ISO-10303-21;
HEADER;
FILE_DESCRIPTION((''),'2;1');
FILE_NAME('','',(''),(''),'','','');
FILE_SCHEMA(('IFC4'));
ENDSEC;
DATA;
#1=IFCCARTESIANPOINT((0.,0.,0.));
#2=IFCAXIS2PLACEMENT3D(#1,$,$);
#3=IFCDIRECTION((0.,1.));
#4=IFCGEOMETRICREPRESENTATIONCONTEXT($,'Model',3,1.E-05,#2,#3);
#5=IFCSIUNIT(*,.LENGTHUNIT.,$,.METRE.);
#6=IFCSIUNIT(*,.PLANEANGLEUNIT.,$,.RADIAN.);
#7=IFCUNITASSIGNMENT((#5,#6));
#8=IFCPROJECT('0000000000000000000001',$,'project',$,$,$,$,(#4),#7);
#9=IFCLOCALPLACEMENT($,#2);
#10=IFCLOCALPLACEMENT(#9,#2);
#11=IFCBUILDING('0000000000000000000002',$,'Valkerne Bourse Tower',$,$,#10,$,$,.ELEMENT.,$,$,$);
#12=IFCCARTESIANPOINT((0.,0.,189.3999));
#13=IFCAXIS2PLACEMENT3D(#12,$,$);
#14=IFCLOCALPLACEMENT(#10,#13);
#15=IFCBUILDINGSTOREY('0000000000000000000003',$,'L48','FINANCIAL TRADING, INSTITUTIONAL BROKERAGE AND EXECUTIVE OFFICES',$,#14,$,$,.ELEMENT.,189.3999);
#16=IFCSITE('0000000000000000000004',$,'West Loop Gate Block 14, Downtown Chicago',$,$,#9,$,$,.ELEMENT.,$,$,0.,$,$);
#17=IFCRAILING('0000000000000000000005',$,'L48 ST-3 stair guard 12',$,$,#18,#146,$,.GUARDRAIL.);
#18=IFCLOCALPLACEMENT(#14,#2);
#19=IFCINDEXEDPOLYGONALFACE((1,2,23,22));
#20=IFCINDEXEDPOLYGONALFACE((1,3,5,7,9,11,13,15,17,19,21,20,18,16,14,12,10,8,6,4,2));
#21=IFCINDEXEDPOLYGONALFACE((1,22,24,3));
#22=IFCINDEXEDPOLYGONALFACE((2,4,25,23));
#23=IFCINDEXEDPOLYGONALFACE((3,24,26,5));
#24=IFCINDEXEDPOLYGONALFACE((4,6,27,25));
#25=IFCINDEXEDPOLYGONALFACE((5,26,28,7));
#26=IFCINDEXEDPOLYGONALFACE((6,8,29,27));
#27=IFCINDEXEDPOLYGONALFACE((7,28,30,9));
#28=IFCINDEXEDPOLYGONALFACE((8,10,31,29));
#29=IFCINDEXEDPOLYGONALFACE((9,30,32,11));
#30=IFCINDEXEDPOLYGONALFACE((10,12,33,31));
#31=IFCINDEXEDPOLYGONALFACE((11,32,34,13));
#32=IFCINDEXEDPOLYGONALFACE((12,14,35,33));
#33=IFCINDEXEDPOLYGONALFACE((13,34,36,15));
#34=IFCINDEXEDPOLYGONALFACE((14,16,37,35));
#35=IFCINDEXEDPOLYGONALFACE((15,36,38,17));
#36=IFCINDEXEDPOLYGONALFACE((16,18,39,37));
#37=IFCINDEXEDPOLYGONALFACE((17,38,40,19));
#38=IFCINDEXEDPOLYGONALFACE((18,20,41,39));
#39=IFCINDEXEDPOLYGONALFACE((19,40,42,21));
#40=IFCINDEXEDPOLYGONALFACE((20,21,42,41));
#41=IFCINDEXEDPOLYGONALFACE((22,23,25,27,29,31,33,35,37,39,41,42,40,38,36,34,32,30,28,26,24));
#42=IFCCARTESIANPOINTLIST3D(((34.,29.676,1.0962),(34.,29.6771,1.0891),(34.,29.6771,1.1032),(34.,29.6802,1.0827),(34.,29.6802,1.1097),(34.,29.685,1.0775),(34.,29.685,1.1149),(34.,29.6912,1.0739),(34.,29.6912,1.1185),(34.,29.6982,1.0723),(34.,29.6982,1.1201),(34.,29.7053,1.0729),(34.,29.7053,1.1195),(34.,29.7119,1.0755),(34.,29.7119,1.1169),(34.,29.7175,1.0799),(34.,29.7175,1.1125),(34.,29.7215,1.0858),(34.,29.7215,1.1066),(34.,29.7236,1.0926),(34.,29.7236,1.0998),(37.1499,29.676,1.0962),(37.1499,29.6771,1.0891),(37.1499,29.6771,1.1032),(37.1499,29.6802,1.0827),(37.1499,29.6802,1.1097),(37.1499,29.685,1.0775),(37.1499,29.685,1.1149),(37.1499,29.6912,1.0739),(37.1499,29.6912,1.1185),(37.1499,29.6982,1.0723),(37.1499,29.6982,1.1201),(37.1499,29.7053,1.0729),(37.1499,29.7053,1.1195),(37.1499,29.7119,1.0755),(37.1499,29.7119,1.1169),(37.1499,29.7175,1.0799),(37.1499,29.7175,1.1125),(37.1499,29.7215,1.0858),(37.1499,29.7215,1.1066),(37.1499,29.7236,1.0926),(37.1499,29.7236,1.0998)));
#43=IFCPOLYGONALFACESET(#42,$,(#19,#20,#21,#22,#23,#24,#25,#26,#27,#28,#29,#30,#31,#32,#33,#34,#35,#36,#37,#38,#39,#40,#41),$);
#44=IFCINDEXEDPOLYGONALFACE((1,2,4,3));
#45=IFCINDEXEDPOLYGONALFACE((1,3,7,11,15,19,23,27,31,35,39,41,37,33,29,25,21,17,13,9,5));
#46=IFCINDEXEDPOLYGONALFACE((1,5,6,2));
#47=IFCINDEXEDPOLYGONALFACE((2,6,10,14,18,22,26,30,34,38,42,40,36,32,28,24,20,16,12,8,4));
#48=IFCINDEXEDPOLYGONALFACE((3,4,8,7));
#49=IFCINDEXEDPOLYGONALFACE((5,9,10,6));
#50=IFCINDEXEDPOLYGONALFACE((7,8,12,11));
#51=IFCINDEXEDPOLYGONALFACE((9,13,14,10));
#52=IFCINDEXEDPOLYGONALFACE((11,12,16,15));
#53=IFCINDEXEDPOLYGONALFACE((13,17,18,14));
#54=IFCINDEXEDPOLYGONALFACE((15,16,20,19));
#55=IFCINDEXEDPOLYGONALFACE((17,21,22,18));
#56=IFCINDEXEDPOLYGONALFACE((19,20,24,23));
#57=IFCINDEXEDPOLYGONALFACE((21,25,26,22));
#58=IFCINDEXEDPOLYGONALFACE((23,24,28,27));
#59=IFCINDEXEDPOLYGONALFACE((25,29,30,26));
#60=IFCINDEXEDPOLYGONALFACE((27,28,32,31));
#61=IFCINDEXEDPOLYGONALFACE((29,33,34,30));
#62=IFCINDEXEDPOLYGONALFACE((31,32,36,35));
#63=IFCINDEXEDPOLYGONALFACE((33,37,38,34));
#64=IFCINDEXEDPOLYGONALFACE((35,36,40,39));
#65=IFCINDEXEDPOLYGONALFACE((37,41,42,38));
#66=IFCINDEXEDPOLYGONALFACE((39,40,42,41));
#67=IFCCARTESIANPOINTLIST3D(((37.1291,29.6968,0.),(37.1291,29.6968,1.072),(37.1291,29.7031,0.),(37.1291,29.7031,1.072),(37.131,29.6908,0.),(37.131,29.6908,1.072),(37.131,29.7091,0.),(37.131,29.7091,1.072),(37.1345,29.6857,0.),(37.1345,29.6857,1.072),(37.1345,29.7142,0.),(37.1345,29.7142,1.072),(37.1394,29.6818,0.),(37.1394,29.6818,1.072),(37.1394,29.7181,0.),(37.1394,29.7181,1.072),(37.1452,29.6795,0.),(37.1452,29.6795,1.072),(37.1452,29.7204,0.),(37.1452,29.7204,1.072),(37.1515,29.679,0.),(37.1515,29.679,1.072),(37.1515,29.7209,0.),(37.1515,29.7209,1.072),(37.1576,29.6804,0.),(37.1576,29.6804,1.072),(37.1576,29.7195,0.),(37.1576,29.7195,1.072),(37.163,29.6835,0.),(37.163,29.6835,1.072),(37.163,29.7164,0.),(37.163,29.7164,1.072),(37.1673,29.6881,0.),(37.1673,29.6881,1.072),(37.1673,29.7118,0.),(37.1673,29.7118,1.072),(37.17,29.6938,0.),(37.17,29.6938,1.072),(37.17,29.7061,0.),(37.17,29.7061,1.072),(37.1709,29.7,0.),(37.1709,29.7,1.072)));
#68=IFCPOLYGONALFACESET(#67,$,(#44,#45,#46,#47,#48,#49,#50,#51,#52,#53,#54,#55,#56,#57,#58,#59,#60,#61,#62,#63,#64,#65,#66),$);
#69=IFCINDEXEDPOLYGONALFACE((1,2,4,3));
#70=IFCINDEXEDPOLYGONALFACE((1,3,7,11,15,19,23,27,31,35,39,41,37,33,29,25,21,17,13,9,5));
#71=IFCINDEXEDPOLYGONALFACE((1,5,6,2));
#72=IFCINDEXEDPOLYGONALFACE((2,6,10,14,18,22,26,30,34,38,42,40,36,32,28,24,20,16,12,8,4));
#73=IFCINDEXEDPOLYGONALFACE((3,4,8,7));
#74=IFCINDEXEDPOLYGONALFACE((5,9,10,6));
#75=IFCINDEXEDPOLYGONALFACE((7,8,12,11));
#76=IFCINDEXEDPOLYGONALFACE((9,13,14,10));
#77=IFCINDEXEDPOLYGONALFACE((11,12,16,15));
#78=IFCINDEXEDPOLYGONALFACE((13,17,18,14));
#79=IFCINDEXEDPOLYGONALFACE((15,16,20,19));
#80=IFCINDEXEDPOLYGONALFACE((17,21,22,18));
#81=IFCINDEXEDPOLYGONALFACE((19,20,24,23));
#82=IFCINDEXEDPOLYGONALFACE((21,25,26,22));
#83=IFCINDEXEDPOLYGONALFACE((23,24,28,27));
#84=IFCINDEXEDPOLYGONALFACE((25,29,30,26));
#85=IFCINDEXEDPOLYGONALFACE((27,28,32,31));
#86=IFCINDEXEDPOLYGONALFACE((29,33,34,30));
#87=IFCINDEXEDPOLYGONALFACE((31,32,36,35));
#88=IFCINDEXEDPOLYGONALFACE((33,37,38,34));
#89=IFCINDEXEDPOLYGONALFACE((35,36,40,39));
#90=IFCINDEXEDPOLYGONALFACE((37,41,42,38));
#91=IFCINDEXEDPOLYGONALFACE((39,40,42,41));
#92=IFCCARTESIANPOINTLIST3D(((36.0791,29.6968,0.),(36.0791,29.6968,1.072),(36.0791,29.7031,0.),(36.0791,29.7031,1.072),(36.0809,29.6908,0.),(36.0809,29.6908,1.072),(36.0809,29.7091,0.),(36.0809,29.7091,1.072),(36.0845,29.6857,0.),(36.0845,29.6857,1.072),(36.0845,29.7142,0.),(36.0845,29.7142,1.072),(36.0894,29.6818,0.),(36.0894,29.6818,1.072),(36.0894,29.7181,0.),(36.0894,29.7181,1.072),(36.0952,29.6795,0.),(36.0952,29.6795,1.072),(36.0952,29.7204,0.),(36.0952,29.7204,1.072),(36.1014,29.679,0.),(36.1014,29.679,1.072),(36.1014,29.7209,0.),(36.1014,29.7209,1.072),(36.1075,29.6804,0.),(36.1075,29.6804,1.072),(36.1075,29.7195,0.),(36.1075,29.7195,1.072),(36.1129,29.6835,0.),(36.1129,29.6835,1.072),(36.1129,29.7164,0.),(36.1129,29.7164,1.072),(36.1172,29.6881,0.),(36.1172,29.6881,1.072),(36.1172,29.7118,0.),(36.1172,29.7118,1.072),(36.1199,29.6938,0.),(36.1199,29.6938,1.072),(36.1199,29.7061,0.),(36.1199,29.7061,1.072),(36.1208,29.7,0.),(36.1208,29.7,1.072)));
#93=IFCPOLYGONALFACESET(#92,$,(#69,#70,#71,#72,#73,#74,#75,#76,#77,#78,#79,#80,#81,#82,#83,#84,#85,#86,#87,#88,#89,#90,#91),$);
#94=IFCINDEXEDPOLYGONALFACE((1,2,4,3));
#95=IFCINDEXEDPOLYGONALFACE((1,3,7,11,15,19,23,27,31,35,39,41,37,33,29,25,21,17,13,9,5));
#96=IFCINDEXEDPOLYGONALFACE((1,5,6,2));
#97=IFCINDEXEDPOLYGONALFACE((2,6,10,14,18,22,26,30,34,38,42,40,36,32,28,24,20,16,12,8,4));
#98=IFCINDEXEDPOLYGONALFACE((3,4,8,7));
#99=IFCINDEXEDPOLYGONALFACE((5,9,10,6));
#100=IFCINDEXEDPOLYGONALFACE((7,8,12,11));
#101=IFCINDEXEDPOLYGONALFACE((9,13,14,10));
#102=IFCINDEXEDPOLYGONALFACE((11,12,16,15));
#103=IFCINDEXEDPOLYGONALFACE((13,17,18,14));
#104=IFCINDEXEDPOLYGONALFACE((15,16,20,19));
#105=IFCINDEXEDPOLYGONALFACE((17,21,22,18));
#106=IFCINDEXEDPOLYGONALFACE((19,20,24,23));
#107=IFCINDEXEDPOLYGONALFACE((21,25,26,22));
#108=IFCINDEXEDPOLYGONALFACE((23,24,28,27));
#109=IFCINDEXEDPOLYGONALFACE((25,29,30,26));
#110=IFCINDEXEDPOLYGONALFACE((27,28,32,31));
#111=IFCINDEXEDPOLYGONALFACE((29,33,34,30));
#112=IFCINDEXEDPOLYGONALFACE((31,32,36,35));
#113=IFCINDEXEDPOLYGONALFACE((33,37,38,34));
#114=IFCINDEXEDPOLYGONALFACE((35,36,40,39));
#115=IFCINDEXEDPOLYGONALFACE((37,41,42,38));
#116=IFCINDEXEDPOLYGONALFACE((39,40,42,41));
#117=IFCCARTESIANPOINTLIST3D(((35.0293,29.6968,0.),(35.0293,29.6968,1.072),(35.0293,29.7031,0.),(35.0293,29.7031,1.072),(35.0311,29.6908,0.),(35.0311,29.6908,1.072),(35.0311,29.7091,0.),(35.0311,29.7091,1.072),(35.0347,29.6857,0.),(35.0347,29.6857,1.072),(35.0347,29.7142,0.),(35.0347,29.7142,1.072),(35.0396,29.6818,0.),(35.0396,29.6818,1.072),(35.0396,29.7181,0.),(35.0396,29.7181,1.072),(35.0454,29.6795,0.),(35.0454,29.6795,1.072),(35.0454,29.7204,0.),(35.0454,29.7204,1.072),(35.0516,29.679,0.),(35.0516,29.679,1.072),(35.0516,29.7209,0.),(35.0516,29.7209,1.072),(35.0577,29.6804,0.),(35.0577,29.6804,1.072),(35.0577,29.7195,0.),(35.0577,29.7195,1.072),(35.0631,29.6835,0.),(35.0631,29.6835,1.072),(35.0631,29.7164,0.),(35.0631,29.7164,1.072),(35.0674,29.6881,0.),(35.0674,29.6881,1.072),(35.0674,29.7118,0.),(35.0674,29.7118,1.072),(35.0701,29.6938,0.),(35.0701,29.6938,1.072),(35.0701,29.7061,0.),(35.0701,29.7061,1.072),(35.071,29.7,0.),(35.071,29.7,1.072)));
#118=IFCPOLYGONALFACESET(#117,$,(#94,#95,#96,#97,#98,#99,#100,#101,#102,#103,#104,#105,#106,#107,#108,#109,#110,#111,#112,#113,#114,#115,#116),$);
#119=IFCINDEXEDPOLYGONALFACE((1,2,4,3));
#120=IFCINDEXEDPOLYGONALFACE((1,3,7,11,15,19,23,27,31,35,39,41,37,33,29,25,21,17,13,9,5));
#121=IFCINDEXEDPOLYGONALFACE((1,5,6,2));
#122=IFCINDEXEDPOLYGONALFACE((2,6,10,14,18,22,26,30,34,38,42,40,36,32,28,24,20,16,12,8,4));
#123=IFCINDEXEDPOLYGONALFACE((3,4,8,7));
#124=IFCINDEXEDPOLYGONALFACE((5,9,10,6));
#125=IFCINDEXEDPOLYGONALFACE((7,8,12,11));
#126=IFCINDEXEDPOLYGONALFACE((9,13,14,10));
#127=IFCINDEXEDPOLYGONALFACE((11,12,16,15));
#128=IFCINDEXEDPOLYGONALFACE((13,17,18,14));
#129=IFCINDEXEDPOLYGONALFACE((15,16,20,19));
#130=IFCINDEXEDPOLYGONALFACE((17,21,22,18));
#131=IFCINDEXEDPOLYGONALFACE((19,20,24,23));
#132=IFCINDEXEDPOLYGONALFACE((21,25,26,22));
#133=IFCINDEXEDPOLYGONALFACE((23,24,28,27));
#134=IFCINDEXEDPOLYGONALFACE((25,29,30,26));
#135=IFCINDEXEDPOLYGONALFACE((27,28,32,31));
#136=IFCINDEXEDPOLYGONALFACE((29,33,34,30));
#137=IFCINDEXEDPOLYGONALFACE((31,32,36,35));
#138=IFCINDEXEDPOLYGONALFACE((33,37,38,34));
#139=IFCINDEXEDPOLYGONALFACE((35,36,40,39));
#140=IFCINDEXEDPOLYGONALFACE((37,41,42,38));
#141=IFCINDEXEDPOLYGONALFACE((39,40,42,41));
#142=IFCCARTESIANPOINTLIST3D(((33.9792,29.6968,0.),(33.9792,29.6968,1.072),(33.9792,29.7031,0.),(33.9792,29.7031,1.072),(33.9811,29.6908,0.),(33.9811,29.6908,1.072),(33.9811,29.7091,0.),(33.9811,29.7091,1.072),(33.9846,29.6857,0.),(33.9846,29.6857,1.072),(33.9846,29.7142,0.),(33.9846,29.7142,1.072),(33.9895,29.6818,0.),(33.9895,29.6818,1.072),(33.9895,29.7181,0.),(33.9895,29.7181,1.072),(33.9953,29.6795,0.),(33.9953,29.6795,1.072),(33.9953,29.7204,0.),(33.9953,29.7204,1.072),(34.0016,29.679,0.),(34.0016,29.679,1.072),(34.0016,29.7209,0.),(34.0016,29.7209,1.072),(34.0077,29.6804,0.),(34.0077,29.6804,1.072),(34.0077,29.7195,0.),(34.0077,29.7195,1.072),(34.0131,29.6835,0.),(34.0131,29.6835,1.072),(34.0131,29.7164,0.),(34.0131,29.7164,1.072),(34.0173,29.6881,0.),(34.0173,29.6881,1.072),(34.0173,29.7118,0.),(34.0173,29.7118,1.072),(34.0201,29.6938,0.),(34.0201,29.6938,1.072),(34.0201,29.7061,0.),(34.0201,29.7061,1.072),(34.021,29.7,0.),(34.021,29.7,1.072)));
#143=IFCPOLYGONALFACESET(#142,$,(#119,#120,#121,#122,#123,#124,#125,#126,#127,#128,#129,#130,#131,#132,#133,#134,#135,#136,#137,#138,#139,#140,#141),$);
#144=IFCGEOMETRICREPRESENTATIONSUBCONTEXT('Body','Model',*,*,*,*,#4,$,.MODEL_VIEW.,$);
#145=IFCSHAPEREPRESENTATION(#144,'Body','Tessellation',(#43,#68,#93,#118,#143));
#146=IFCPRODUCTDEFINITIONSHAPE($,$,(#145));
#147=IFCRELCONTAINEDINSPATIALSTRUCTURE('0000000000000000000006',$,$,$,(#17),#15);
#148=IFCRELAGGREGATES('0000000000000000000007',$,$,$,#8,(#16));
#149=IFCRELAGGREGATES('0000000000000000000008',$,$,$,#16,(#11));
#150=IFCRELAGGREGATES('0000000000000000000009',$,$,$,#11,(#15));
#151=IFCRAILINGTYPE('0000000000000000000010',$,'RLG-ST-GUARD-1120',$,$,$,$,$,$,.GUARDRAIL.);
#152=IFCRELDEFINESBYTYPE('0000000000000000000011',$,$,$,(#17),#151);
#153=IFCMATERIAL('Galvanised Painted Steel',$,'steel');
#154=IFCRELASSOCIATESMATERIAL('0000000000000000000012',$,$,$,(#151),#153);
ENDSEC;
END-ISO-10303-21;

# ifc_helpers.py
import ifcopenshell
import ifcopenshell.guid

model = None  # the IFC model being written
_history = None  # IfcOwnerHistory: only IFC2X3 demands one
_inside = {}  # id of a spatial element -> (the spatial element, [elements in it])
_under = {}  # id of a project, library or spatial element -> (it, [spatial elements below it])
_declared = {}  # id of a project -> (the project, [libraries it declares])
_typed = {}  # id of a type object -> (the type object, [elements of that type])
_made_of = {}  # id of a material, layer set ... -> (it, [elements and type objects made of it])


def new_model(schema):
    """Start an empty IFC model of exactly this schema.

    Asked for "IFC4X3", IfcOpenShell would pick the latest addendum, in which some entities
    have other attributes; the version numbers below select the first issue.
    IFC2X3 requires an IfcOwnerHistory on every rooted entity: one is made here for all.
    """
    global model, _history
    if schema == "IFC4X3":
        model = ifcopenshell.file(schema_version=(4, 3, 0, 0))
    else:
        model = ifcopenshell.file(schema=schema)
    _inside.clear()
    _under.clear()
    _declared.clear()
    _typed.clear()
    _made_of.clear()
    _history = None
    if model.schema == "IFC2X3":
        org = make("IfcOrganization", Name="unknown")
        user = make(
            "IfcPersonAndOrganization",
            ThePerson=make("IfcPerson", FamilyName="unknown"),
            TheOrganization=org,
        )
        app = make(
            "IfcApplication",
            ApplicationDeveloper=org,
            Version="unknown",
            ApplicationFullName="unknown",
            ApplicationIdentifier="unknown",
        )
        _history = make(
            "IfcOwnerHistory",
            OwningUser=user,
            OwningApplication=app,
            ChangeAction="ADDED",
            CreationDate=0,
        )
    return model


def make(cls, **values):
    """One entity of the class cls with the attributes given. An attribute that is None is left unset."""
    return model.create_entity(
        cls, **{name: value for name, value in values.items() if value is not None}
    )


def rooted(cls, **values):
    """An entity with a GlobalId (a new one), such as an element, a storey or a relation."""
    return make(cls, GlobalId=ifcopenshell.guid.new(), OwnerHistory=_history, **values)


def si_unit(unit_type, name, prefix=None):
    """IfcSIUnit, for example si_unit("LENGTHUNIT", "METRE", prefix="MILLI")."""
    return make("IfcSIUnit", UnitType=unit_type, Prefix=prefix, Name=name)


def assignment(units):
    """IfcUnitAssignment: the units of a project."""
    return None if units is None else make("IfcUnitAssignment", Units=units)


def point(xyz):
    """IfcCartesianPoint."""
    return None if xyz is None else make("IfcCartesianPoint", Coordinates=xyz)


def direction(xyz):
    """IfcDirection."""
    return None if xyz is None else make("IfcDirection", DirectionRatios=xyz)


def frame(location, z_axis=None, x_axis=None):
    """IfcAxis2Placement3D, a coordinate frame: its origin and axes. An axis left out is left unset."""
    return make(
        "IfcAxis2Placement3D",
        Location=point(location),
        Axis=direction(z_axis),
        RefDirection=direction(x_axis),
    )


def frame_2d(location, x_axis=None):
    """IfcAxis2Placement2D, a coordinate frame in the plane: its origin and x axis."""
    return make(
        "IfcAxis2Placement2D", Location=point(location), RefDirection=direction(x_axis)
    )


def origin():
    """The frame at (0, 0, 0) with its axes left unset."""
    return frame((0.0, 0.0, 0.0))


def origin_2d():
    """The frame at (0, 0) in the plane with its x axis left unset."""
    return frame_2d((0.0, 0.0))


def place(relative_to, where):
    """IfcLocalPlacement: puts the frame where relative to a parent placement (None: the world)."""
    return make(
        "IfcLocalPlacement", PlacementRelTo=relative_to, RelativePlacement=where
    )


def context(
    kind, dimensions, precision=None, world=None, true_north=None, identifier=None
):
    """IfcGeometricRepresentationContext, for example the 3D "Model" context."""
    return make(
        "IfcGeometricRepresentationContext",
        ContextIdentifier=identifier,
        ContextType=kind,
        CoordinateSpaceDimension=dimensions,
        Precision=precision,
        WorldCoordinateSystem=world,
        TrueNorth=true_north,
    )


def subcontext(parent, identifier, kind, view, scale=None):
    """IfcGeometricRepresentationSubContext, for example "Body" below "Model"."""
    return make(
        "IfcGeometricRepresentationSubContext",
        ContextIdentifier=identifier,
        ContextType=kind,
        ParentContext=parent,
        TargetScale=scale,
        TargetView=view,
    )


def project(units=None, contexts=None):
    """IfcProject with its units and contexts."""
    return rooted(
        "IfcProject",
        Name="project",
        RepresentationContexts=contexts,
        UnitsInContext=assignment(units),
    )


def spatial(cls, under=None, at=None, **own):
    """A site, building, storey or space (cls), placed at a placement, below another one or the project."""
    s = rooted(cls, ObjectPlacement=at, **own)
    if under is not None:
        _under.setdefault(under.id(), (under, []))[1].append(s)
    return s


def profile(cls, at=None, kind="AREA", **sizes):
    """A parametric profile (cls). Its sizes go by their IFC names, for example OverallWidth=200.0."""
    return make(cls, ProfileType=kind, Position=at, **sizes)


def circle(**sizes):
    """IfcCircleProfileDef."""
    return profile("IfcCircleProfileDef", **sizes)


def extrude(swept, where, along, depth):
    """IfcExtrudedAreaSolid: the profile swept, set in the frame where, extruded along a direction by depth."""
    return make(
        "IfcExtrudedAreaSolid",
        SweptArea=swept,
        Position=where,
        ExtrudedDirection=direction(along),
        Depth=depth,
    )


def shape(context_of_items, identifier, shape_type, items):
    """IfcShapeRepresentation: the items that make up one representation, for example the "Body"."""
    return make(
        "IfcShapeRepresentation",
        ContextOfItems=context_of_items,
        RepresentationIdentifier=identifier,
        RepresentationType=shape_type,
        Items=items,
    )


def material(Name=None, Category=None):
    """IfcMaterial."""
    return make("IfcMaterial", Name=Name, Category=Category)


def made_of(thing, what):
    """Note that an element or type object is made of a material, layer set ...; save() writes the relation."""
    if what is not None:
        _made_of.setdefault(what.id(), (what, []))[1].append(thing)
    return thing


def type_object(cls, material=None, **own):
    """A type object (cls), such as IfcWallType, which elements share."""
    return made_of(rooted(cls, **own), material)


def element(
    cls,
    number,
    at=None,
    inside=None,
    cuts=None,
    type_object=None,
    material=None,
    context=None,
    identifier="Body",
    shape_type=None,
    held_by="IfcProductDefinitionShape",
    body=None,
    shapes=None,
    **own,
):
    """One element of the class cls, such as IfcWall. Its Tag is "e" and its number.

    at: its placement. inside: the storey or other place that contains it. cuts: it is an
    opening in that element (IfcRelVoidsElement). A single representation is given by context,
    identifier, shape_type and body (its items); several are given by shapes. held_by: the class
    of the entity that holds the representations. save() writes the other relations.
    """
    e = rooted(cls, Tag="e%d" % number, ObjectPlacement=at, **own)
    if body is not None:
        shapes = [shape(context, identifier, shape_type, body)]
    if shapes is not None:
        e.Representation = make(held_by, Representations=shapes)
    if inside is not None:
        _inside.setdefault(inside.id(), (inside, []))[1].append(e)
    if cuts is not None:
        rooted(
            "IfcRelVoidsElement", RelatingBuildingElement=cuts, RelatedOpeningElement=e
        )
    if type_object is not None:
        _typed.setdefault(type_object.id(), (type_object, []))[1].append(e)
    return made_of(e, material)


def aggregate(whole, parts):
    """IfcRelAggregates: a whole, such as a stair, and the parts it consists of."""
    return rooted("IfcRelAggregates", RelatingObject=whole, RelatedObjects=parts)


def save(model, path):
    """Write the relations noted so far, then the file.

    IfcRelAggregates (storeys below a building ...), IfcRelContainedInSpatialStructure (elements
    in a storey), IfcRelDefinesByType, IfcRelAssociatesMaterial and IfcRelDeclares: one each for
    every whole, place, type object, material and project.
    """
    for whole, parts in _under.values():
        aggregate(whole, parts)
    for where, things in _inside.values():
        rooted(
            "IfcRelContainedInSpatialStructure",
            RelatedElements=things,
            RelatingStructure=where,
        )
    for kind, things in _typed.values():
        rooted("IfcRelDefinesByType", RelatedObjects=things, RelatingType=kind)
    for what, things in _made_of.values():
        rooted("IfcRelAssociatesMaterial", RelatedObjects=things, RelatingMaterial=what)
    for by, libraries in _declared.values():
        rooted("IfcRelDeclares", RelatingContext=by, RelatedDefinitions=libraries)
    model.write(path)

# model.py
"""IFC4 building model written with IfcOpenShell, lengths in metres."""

from ifc_helpers import new_model, si_unit, direction, frame, origin, origin_2d, place, context, subcontext, project, spatial, circle, extrude, material, type_object, element, save


model = new_model("IFC4")

# Units and contexts
model_context = context("Model", 3, precision=1e-05, world=origin(), true_north=direction((0.0, 1.0)))
body_context = subcontext(model_context, "Body", "Model", "MODEL_VIEW")
ifc_project = project(units=[si_unit("LENGTHUNIT", "METRE"), si_unit("PLANEANGLEUNIT", "RADIAN")], contexts=[model_context])

# Site, building, storey
site_placement = place(None, origin())
site = spatial("IfcSite", under=ifc_project, at=site_placement, Name="West Loop Gate Block 14, Downtown Chicago", CompositionType="ELEMENT", RefElevation=0.0)
building_placement = place(site_placement, origin())
building = spatial("IfcBuilding", under=site, at=building_placement, Name="Valkerne Bourse Tower", CompositionType="ELEMENT")
storey_placement = place(building_placement, frame((0.0, 0.0, 189.3999)))
storey = spatial("IfcBuildingStorey", under=building, at=storey_placement, Name="L48", Description="FINANCIAL TRADING, INSTITUTIONAL BROKERAGE AND EXECUTIVE OFFICES", CompositionType="ELEMENT", Elevation=189.3999)

# Railing
ifc_material_1 = material(Name="Galvanised Painted Steel", Category="steel")
railing_type_1 = type_object("IfcRailingType", Name="RLG-ST-GUARD-1120", PredefinedType="GUARDRAIL", material=ifc_material_1)
railing_1_placement = place(storey_placement, frame((37.1499, 29.7, 0.0)))
element("IfcRailing", 1, at=railing_1_placement, inside=storey, type_object=railing_type_1, Name="L48 ST-3 stair guard 12", PredefinedType="GUARDRAIL", context=body_context, shape_type="SweptSolid", body=[
    extrude(circle(Radius=0.0239, at=origin_2d()), frame((0.0, 0.0, 1.0962), z_axis=(-1.0, 0.0, 0.0), x_axis=(0.0, -1.0, 0.0)), (0.0, 0.0, 1.0), 3.1499),
    extrude(circle(Radius=0.021, at=origin_2d()), origin(), (0.0, 0.0, 1.0), 1.072),
    extrude(circle(Radius=0.021, at=origin_2d()), frame((-1.05, 0.0, 0.0)), (0.0, 0.0, 1.0), 1.072),
    extrude(circle(Radius=0.021, at=origin_2d()), frame((-2.0999, 0.0, 0.0)), (0.0, 0.0, 1.0), 1.072),
    extrude(circle(Radius=0.021, at=origin_2d()), frame((-3.1499, 0.0, 0.0)), (0.0, 0.0, 1.0), 1.072),
])

save(model, "model.ifc")
